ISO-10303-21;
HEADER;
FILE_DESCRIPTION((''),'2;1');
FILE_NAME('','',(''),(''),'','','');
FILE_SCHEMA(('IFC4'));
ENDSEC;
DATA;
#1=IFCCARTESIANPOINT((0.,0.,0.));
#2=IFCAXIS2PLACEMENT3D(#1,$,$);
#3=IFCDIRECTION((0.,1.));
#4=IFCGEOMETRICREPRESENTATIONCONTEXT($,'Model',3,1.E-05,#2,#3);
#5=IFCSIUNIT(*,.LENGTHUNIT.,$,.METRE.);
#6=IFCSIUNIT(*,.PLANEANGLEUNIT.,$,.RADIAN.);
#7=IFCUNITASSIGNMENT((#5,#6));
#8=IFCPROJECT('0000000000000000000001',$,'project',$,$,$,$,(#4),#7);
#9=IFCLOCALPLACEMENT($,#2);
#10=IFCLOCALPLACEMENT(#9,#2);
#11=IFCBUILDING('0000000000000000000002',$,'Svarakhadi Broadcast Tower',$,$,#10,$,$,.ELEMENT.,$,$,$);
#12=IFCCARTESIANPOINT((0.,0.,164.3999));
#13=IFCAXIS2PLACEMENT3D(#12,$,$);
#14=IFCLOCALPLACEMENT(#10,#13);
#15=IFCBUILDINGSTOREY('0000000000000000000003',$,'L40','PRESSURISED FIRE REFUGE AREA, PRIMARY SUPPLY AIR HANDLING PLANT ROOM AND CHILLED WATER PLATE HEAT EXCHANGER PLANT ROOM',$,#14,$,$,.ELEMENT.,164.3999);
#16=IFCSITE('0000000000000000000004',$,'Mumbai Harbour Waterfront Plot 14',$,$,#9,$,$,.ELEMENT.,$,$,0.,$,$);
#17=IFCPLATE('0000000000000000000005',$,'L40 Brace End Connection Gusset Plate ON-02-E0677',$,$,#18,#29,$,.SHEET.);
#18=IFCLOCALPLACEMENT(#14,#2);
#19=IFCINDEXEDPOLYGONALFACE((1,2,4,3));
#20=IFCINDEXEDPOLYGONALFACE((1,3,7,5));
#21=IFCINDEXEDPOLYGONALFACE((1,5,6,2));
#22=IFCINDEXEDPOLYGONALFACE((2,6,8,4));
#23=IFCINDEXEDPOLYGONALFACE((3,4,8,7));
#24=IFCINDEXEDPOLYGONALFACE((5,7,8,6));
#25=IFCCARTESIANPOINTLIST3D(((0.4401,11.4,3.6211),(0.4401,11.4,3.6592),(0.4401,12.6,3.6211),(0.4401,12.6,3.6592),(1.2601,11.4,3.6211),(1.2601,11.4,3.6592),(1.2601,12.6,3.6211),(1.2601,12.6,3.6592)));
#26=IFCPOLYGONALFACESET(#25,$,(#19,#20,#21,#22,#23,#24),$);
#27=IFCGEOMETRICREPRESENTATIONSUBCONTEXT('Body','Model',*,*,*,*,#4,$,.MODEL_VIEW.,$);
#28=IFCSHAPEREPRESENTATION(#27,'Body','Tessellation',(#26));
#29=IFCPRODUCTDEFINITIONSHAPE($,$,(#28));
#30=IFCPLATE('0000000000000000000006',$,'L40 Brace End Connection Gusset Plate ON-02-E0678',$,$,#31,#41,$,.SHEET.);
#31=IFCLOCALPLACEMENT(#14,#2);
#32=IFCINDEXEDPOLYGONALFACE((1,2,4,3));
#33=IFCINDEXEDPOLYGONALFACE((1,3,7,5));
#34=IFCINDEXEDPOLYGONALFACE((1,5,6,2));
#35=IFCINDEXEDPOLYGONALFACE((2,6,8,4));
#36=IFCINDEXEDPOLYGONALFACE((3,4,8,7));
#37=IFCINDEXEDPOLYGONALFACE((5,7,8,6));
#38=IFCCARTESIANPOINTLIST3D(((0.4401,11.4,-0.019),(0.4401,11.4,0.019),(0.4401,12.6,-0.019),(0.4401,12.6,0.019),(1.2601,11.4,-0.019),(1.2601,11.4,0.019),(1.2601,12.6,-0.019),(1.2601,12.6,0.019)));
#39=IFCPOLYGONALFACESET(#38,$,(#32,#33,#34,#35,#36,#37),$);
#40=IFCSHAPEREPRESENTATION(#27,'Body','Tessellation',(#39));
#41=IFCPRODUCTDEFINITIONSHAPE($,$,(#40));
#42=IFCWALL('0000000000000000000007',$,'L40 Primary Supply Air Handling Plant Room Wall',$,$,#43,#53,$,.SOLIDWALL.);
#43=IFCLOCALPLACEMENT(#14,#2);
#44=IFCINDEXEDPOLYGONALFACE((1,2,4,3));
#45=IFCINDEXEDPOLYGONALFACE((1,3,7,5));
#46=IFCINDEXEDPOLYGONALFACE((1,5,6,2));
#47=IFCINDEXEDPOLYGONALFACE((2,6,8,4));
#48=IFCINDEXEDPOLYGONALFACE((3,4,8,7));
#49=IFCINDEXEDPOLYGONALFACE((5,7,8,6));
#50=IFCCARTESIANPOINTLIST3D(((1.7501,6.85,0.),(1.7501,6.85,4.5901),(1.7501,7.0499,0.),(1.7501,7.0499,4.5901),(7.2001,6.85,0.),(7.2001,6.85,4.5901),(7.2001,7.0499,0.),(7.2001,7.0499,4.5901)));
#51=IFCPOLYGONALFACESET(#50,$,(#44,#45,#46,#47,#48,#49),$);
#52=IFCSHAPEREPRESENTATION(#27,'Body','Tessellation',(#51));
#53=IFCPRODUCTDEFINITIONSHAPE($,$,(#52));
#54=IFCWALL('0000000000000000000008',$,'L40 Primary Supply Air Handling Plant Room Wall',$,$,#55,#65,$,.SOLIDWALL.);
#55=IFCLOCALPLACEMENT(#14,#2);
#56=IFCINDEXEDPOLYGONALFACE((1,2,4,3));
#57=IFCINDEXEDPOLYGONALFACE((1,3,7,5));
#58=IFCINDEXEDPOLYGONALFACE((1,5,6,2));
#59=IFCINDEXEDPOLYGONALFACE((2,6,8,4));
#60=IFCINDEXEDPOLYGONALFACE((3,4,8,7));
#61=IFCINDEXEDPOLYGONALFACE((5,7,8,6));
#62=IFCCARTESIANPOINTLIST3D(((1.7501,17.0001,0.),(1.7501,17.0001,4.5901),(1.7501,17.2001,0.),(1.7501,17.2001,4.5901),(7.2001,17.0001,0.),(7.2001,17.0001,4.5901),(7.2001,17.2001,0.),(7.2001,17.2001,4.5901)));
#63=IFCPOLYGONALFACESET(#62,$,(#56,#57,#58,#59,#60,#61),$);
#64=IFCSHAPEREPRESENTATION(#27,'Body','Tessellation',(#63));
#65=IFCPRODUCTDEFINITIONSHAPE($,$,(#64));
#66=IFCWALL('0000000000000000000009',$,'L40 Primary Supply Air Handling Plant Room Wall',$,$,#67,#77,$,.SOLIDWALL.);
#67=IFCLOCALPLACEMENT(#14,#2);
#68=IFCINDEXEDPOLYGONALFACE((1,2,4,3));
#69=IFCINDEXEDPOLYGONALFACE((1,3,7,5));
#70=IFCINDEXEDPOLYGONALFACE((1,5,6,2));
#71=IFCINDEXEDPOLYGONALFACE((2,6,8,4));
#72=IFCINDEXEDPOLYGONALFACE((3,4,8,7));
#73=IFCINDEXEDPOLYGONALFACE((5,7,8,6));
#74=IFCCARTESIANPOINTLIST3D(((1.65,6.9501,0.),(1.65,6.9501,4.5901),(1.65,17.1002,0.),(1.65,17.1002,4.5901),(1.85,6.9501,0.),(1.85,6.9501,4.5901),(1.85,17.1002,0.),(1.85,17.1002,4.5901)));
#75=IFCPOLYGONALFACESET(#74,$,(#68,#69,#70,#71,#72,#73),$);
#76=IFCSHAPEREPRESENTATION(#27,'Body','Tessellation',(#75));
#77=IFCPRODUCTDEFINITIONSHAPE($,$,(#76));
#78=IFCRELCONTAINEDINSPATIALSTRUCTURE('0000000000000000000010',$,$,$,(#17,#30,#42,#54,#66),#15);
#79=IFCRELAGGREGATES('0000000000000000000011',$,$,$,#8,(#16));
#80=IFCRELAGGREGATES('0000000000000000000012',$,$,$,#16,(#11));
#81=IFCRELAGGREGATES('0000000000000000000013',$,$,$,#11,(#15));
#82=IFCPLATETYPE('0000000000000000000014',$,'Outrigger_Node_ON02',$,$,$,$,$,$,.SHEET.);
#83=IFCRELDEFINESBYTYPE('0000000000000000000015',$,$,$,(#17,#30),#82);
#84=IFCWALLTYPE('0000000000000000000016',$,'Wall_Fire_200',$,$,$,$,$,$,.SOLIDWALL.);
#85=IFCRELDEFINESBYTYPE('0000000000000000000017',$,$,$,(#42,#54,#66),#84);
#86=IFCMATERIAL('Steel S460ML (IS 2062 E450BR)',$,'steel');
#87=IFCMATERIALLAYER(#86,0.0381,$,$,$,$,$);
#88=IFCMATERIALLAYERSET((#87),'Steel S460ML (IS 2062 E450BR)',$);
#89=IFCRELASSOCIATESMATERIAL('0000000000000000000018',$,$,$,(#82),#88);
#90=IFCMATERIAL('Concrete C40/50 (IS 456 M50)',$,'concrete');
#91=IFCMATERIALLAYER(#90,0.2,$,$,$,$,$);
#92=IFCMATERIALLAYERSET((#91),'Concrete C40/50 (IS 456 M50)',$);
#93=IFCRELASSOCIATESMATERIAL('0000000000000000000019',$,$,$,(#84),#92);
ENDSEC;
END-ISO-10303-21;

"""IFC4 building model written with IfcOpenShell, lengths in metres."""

from ifc_helpers import new_model, si_unit, direction, frame, frame_2d, origin, origin_2d, place, context, subcontext, project, spatial, rectangle, extrude, material, layer, layer_set, type_object, element, save


model = new_model("IFC4")

# Units and contexts
model_context = context("Model", 3, precision=1e-05, world=origin(), true_north=direction((0.0, 1.0)))
body_context = subcontext(model_context, "Body", "Model", "MODEL_VIEW")
ifc_project = project(units=[si_unit("LENGTHUNIT", "METRE"), si_unit("PLANEANGLEUNIT", "RADIAN")], contexts=[model_context])

# Site, building, storey
site_placement = place(None, origin())
site = spatial("IfcSite", under=ifc_project, at=site_placement, Name="Mumbai Harbour Waterfront Plot 14", CompositionType="ELEMENT", RefElevation=0.0)
building_placement = place(site_placement, origin())
building = spatial("IfcBuilding", under=site, at=building_placement, Name="Svarakhadi Broadcast Tower", CompositionType="ELEMENT")
storey_placement = place(building_placement, frame((0.0, 0.0, 164.3999)))
storey = spatial("IfcBuildingStorey", under=building, at=storey_placement, Name="L40", Description="PRESSURISED FIRE REFUGE AREA, PRIMARY SUPPLY AIR HANDLING PLANT ROOM AND CHILLED WATER PLATE HEAT EXCHANGER PLANT ROOM", CompositionType="ELEMENT", Elevation=164.3999)

# Shared definitions
ifc_material_1 = material(Name="Steel S460ML (IS 2062 E450BR)", Category="steel")

# Plates
ifc_layer_1 = layer(ifc_material_1, 0.0381)
ifc_layer_set_1 = layer_set([ifc_layer_1], Name="Steel S460ML (IS 2062 E450BR)")
plate_type_1 = type_object("IfcPlateType", Name="Outrigger_Node_ON02", PredefinedType="SHEET", material=ifc_layer_set_1)
for number, where, z_axis, x_axis, name in (
    (1, (0.8501, 12.0, 3.6211), (0.0, 0.0, 1.0), (0.0, 1.0, 0.0), "L40 Brace End Connection Gusset Plate ON-02-E0677"),
    (2, (0.8501, 12.0, -0.019), (0.0, 0.0, 1.0), (0.0, 1.0, 0.0), "L40 Brace End Connection Gusset Plate ON-02-E0678"),
):
    element("IfcPlate", number, at=place(storey_placement, frame(where, z_axis=z_axis, x_axis=x_axis)), inside=storey, type_object=plate_type_1, Name=name, PredefinedType="SHEET", context=body_context, shape_type="SweptSolid", body=[
        extrude(rectangle(XDim=1.2, YDim=0.8201, at=origin_2d()), origin(), (0.0, 0.0, 1.0), 0.0381),
    ])

# Walls
ifc_material_2 = material(Name="Concrete C40/50 (IS 456 M50)", Category="concrete")
ifc_layer_2 = layer(ifc_material_2, 0.2)
ifc_layer_set_2 = layer_set([ifc_layer_2], Name="Concrete C40/50 (IS 456 M50)")
wall_type = type_object("IfcWallType", Name="Wall_Fire_200", PredefinedType="SOLIDWALL", material=ifc_layer_set_2)
for number, where, z_axis, x_axis, name in (
    (3, (1.75, 6.95, 0.0), (0.0, 0.0, 1.0), (1.0, 0.0, 0.0), "L40 Primary Supply Air Handling Plant Room Wall"),
    (4, (1.75, 17.1001, 0.0), (0.0, 0.0, 1.0), (1.0, 0.0, 0.0), "L40 Primary Supply Air Handling Plant Room Wall"),
):
    element("IfcWall", number, at=place(storey_placement, frame(where, z_axis=z_axis, x_axis=x_axis)), inside=storey, type_object=wall_type, Name=name, PredefinedType="SOLIDWALL", context=body_context, shape_type="SweptSolid", body=[
        extrude(rectangle(XDim=5.45, YDim=0.2, at=frame_2d((2.7251, 0.0))), origin(), (0.0, 0.0, 1.0), 4.5901),
    ])
wall_placement = place(storey_placement, frame((1.75, 6.95, 0.0), z_axis=(0.0, 0.0, 1.0), x_axis=(0.0, 1.0, 0.0)))
element("IfcWall", 5, at=wall_placement, inside=storey, type_object=wall_type, Name="L40 Primary Supply Air Handling Plant Room Wall", PredefinedType="SOLIDWALL", context=body_context, shape_type="SweptSolid", body=[
    extrude(rectangle(XDim=10.1501, YDim=0.2, at=frame_2d((5.0752, 0.0))), origin(), (0.0, 0.0, 1.0), 4.5901),
])

save(model, "model.ifc")
